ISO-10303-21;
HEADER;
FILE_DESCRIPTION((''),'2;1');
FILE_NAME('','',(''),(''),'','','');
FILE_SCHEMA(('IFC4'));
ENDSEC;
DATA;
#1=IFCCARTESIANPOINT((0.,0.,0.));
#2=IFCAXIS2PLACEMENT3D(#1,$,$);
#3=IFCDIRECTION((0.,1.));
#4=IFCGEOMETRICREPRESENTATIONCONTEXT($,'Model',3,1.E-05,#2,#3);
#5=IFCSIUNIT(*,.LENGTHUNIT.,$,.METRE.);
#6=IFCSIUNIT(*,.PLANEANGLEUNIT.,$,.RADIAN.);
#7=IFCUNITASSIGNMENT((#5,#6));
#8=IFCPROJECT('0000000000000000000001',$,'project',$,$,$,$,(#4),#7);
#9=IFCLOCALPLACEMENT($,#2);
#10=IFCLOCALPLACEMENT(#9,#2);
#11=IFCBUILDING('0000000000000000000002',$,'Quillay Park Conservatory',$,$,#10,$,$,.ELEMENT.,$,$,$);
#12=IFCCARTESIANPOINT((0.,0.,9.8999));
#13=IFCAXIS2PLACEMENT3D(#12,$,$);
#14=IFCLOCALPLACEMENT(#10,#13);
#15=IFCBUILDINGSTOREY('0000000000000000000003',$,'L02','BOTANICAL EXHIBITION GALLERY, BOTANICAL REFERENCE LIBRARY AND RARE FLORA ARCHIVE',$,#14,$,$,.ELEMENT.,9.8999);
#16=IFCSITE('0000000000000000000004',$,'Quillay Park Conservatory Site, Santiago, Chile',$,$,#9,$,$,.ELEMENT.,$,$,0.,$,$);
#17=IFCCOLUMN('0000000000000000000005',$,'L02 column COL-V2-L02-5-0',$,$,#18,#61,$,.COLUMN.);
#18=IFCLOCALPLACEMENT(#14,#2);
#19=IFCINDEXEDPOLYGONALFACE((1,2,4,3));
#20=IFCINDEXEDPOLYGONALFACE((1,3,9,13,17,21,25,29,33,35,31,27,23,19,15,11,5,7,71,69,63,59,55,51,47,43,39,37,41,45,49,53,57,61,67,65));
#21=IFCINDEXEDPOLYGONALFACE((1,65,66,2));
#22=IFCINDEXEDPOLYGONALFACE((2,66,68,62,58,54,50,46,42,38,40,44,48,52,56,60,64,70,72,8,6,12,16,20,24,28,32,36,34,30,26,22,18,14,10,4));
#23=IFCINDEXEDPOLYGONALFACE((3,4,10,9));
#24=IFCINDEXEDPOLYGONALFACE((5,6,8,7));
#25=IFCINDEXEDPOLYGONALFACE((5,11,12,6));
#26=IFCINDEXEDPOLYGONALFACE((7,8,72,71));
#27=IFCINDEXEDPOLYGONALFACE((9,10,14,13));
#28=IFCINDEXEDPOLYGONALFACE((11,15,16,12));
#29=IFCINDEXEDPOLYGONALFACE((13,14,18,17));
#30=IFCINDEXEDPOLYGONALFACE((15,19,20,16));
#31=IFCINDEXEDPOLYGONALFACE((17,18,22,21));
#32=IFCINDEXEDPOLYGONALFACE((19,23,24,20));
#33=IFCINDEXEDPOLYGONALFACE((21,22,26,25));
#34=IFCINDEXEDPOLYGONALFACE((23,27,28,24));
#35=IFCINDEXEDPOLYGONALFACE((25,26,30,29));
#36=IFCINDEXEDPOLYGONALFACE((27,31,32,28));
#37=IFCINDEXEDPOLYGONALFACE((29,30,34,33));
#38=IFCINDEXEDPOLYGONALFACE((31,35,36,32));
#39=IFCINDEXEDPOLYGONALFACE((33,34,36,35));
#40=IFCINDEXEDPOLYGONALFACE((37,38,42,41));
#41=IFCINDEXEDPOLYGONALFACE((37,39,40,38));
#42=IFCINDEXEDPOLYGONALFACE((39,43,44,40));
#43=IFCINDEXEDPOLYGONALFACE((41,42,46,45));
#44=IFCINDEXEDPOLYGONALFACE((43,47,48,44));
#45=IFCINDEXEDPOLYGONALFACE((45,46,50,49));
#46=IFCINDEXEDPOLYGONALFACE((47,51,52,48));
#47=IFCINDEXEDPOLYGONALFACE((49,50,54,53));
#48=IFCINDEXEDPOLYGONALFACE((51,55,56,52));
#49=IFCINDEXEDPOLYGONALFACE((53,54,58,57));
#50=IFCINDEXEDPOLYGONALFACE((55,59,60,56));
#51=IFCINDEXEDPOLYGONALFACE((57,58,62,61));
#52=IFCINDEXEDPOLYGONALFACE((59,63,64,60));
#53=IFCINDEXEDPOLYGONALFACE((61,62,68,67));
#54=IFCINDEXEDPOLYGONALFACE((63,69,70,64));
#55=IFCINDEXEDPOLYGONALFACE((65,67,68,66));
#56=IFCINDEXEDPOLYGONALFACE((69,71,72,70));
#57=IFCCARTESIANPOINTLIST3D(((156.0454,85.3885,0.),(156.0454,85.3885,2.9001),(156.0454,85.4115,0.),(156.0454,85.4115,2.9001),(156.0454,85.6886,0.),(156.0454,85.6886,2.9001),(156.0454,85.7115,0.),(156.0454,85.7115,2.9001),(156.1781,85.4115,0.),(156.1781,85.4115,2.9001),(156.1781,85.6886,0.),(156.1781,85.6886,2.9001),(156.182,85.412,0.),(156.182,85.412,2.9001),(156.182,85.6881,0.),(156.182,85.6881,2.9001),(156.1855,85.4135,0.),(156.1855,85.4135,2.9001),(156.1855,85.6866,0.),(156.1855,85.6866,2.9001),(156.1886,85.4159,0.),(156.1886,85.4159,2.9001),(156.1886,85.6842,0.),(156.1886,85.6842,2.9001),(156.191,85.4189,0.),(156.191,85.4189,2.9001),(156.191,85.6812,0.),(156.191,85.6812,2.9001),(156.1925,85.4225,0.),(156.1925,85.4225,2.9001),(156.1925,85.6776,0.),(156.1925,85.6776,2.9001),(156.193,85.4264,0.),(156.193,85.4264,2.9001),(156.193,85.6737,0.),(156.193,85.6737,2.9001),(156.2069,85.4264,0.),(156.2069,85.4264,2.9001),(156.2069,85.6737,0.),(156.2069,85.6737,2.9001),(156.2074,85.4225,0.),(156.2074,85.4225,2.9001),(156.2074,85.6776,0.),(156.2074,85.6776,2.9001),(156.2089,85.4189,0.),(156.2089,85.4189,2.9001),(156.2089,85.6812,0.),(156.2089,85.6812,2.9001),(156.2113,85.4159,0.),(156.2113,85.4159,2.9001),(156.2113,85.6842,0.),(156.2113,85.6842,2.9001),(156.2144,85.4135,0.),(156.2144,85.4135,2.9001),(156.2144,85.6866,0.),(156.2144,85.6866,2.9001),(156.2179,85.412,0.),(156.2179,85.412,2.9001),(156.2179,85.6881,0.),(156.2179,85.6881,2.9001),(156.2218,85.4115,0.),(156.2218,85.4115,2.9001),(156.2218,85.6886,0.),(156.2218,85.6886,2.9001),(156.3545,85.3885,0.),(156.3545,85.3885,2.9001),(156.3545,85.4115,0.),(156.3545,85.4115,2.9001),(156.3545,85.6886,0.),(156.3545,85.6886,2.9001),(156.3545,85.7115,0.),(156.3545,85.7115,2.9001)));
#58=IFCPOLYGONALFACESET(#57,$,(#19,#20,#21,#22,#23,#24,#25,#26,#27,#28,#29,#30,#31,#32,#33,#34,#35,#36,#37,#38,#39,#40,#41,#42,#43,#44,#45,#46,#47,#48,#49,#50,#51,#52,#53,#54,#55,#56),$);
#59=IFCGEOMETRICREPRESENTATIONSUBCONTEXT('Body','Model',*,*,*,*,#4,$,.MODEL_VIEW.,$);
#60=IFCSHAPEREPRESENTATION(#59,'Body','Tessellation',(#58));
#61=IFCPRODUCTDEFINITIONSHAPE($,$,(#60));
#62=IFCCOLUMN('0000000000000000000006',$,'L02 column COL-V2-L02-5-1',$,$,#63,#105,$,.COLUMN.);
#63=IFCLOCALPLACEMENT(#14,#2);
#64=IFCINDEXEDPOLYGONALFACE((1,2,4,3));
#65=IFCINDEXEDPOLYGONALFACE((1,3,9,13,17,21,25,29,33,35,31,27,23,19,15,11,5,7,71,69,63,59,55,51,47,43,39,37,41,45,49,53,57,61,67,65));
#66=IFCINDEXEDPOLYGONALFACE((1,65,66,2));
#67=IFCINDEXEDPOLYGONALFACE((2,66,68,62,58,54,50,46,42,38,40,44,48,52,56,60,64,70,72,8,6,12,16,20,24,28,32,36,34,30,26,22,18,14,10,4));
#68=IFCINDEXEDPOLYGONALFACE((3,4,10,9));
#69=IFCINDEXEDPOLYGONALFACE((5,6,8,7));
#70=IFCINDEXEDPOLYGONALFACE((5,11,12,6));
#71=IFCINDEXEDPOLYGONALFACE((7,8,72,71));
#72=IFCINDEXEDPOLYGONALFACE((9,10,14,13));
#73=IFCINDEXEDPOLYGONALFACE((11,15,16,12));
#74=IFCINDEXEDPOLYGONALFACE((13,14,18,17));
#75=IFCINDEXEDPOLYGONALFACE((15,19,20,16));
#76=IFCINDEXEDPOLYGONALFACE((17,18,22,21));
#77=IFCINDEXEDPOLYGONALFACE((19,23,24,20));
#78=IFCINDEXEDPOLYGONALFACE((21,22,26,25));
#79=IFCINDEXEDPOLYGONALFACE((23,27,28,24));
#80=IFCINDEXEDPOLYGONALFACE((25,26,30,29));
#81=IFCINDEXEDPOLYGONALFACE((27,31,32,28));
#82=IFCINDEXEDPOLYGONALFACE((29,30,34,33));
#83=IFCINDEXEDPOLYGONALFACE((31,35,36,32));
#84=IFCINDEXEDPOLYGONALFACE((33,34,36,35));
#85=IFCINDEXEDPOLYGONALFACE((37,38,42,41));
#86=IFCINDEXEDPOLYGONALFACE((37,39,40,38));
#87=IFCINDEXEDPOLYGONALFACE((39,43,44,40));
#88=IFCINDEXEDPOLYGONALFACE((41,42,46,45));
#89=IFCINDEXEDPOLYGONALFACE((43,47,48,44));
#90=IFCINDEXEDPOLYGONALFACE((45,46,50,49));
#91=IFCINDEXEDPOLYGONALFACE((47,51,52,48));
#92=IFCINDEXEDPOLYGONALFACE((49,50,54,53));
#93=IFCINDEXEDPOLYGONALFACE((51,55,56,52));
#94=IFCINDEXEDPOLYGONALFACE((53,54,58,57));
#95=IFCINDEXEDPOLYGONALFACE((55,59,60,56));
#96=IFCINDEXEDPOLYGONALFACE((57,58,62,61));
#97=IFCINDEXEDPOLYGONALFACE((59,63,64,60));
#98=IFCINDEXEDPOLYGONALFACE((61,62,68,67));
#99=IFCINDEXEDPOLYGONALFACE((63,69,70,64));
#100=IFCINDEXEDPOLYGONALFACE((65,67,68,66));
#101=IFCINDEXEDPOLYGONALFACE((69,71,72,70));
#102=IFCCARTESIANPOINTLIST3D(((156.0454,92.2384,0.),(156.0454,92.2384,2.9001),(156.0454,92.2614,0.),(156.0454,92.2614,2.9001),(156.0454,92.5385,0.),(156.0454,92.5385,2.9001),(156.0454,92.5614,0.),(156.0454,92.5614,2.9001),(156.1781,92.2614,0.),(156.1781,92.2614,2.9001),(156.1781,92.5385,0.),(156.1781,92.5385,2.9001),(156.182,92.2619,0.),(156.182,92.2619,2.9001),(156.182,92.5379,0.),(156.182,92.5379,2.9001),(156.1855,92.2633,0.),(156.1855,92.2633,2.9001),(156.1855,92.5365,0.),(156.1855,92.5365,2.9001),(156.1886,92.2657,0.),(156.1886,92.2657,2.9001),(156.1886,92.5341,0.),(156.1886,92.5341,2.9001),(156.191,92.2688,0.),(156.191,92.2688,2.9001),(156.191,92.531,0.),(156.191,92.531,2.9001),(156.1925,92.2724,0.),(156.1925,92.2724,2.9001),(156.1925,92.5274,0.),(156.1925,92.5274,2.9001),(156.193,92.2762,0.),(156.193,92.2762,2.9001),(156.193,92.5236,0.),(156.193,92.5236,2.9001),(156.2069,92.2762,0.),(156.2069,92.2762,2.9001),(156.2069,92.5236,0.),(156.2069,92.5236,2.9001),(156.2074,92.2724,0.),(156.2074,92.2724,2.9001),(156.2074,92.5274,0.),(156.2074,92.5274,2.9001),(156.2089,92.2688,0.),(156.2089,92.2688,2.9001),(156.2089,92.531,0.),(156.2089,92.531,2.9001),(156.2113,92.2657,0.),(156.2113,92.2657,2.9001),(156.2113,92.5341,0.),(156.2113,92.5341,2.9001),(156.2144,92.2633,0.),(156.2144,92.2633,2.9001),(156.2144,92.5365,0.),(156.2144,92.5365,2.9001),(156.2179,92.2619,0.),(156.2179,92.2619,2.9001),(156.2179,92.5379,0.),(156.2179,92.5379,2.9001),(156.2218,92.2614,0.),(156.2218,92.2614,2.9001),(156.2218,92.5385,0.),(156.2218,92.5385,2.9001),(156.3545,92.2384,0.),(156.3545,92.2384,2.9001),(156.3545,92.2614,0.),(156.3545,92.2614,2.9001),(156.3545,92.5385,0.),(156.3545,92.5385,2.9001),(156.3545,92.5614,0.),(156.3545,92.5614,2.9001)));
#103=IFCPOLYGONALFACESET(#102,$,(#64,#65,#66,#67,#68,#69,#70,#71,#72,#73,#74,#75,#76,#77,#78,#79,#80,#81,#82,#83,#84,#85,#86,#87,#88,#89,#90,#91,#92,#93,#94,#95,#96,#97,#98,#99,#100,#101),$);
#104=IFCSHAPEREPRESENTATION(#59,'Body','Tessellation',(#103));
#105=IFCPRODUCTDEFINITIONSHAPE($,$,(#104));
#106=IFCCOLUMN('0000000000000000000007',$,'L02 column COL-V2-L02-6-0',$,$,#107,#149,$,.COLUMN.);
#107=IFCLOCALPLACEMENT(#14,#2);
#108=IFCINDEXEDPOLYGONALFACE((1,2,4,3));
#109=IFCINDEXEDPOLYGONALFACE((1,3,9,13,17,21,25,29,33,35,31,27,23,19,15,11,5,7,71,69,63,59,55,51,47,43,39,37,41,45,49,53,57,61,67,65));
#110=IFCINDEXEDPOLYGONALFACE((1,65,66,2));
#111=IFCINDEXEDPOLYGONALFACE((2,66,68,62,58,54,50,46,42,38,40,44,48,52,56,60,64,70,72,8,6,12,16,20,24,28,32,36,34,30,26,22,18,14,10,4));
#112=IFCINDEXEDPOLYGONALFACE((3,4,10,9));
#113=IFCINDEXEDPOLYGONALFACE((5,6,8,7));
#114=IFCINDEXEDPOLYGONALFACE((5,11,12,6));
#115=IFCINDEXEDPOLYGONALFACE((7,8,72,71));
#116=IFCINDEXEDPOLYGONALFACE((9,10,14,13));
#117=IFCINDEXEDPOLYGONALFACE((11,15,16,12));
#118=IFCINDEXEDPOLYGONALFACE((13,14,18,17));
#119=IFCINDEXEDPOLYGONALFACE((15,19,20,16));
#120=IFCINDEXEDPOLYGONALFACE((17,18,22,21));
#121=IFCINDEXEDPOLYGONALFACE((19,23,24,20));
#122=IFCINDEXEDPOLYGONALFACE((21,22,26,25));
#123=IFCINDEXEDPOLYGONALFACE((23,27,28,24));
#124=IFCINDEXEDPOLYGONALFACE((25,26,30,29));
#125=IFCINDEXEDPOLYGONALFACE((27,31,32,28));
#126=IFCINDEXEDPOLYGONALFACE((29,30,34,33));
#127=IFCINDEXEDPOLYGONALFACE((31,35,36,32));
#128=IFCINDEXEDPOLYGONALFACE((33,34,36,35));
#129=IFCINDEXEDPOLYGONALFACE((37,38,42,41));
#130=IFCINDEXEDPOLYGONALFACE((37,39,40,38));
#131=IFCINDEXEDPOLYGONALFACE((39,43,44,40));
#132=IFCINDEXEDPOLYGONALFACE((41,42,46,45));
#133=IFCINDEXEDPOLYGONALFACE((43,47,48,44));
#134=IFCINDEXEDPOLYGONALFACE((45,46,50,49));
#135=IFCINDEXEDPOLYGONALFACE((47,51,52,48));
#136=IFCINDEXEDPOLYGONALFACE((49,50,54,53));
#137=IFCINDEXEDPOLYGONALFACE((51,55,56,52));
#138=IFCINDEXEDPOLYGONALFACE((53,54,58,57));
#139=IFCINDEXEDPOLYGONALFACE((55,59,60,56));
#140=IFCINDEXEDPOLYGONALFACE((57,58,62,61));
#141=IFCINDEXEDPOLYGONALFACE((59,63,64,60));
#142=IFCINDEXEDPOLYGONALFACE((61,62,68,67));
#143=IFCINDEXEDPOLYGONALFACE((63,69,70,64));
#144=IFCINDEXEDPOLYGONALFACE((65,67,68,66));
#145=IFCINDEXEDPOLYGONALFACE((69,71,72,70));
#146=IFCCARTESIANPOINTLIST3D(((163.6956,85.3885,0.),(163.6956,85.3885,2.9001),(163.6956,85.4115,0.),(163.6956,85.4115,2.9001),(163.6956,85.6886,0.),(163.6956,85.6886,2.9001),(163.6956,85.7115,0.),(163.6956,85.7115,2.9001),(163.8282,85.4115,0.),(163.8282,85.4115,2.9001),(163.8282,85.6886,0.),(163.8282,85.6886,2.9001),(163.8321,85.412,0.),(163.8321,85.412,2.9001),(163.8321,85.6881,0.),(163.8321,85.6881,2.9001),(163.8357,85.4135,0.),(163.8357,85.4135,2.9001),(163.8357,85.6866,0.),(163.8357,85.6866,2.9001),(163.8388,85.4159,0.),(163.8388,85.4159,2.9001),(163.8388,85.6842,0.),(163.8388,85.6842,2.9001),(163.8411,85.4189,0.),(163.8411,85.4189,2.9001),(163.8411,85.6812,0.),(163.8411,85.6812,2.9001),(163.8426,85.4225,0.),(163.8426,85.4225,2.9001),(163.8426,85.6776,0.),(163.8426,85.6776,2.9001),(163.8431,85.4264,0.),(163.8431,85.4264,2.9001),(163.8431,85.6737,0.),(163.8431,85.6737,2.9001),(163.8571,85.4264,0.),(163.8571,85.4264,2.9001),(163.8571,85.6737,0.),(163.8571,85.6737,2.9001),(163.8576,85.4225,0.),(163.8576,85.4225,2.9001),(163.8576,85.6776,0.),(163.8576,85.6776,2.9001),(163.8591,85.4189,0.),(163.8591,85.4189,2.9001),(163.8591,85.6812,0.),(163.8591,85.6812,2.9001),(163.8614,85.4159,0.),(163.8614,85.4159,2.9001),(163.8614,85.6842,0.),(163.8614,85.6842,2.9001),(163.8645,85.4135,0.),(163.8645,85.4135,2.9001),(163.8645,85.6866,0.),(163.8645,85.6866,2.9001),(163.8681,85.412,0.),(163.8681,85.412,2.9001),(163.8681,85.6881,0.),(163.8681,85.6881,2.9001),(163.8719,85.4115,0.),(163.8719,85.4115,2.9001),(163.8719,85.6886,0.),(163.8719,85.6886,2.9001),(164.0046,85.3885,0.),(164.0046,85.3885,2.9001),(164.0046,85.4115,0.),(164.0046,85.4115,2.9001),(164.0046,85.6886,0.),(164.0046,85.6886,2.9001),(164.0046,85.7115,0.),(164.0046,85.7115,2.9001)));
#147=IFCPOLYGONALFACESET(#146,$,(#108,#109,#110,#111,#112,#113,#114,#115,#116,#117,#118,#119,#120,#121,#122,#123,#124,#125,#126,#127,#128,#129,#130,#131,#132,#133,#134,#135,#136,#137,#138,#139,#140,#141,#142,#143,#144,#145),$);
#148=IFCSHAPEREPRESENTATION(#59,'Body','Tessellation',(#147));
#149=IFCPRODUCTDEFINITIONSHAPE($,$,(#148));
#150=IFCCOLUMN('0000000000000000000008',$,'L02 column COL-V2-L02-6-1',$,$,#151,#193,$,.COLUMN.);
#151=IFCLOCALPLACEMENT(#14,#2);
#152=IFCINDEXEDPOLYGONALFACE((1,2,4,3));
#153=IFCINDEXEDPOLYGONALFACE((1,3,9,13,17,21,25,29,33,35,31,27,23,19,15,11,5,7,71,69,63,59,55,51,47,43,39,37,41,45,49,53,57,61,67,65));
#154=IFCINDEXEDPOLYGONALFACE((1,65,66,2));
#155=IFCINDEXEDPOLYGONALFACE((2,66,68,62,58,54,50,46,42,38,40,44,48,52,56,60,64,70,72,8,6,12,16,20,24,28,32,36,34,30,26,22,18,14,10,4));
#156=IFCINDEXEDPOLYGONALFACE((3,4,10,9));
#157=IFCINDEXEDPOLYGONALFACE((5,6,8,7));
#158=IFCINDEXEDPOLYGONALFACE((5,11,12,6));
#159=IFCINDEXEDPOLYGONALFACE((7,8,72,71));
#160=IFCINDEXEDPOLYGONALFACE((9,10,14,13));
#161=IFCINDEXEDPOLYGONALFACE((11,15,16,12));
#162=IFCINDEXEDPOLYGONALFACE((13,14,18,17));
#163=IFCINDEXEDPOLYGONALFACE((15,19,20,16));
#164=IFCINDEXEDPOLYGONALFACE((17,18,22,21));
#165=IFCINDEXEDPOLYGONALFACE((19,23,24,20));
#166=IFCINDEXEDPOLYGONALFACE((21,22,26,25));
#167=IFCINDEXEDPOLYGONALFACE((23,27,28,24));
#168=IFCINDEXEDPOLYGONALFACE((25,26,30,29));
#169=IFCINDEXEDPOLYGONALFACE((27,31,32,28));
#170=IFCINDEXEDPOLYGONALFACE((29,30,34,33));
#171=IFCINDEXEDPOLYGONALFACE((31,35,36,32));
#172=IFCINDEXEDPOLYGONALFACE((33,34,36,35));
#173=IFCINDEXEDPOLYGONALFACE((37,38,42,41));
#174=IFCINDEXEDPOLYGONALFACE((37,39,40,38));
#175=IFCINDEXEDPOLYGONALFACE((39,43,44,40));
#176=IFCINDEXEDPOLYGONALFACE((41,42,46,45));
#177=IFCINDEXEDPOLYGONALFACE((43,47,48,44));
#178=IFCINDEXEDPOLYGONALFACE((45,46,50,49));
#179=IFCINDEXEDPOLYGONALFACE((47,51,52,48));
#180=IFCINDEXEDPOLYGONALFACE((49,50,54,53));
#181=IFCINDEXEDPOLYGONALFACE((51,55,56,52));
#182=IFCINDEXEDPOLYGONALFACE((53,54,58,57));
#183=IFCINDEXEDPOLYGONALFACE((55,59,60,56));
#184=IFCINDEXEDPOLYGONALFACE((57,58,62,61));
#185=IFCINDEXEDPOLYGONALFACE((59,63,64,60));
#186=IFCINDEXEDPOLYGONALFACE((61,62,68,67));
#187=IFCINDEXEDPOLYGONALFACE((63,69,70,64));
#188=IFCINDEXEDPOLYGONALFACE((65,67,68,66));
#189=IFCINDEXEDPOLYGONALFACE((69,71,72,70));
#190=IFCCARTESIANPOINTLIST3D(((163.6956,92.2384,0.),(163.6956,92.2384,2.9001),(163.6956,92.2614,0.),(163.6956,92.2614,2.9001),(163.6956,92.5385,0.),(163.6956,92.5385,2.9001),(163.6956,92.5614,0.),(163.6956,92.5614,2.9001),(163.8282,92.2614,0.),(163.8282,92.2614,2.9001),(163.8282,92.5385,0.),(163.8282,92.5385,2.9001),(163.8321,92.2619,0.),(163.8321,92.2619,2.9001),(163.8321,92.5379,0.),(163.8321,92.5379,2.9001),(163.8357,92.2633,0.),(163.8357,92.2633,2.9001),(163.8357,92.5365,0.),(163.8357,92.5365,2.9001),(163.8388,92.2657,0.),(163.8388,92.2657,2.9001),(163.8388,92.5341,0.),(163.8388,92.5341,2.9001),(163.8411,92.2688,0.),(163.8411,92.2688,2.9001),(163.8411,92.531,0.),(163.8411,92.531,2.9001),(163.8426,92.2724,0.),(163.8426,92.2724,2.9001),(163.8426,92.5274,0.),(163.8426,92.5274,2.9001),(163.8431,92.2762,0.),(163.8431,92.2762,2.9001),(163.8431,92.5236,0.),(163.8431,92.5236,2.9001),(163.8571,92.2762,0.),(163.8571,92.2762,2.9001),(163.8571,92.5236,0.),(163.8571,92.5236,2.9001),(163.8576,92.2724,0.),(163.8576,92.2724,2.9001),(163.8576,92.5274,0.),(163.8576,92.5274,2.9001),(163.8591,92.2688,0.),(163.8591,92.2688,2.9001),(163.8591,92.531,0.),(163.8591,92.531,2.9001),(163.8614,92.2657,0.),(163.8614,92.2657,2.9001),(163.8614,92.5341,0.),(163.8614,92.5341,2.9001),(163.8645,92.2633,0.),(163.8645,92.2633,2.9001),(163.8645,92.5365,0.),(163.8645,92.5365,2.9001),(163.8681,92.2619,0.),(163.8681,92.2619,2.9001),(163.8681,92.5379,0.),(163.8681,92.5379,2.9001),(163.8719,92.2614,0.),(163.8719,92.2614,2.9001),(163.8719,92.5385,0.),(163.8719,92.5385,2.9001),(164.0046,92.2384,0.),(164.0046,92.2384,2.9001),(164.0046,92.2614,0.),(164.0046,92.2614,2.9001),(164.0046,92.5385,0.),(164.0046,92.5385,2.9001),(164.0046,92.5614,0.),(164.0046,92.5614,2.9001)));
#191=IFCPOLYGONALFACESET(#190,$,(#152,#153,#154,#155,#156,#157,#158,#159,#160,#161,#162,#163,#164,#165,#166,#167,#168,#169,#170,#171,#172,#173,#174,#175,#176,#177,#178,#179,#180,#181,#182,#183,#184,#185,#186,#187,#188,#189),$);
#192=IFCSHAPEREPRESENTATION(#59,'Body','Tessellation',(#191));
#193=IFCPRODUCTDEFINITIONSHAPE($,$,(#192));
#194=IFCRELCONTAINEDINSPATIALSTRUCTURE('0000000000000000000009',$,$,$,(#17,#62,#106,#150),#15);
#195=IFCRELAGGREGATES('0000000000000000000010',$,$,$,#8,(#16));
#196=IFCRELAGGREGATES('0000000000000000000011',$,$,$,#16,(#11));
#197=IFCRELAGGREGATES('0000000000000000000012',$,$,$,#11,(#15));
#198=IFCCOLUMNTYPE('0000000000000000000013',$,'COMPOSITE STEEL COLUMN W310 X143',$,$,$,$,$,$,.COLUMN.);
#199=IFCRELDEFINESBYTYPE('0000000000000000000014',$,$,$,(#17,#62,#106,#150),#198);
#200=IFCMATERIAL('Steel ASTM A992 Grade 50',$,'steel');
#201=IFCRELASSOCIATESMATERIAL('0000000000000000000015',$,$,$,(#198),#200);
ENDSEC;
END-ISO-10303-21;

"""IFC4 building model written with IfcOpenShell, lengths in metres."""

from ifc_helpers import new_model, si_unit, direction, frame, origin, origin_2d, place, context, subcontext, project, spatial, i_section, extrude, material, material_profile, profile_set, type_object, element, save


model = new_model("IFC4")

# Units and contexts
model_context = context("Model", 3, precision=1e-05, world=origin(), true_north=direction((0.0, 1.0)))
body_context = subcontext(model_context, "Body", "Model", "MODEL_VIEW")
ifc_project = project(units=[si_unit("LENGTHUNIT", "METRE"), si_unit("PLANEANGLEUNIT", "RADIAN")], contexts=[model_context])

# Site, building, storey
site_placement = place(None, origin())
site = spatial("IfcSite", under=ifc_project, at=site_placement, Name="Quillay Park Conservatory Site, Santiago, Chile", CompositionType="ELEMENT", RefElevation=0.0)
building_placement = place(site_placement, origin())
building = spatial("IfcBuilding", under=site, at=building_placement, Name="Quillay Park Conservatory", CompositionType="ELEMENT")
storey_placement = place(building_placement, frame((0.0, 0.0, 9.8999)))
storey = spatial("IfcBuildingStorey", under=building, at=storey_placement, Name="L02", Description="BOTANICAL EXHIBITION GALLERY, BOTANICAL REFERENCE LIBRARY AND RARE FLORA ARCHIVE", CompositionType="ELEMENT", Elevation=9.8999)

# Columns
ifc_material_1 = material(Name="Steel ASTM A992 Grade 50", Category="steel")
ifc_material_profile_1 = material_profile(ifc_material_1, i_section(OverallWidth=0.3091, OverallDepth=0.323, WebThickness=0.0139, FlangeThickness=0.0229, FilletRadius=0.0149, at=origin_2d()), Name="W310x143")
ifc_profile_set_1 = profile_set([ifc_material_profile_1], Name="Steel ASTM A992 Grade 50")
column_type = type_object("IfcColumnType", Name="COMPOSITE STEEL COLUMN W310 X143", PredefinedType="COLUMN", material=ifc_profile_set_1)
for number, where, z_axis, x_axis, name in (
    (1, (156.2, 85.55, 0.0), (0.0, 0.0, 1.0), (1.0, 0.0, 0.0), "L02 column COL-V2-L02-5-0"),
    (2, (156.2, 92.3999, 0.0), (0.0, 0.0, 1.0), (1.0, 0.0, 0.0), "L02 column COL-V2-L02-5-1"),
    (3, (163.8501, 85.55, 0.0), (0.0, 0.0, 1.0), (1.0, 0.0, 0.0), "L02 column COL-V2-L02-6-0"),
    (4, (163.8501, 92.3999, 0.0), (0.0, 0.0, 1.0), (1.0, 0.0, 0.0), "L02 column COL-V2-L02-6-1"),
):
    element("IfcColumn", number, at=place(storey_placement, frame(where, z_axis=z_axis, x_axis=x_axis)), inside=storey, type_object=column_type, Name=name, PredefinedType="COLUMN", context=body_context, shape_type="SweptSolid", body=[
        extrude(i_section(OverallWidth=0.3091, OverallDepth=0.323, WebThickness=0.0139, FlangeThickness=0.0229, FilletRadius=0.0149, at=origin_2d()), origin(), (0.0, 0.0, 1.0), 2.9001),
    ])

save(model, "model.ifc")
